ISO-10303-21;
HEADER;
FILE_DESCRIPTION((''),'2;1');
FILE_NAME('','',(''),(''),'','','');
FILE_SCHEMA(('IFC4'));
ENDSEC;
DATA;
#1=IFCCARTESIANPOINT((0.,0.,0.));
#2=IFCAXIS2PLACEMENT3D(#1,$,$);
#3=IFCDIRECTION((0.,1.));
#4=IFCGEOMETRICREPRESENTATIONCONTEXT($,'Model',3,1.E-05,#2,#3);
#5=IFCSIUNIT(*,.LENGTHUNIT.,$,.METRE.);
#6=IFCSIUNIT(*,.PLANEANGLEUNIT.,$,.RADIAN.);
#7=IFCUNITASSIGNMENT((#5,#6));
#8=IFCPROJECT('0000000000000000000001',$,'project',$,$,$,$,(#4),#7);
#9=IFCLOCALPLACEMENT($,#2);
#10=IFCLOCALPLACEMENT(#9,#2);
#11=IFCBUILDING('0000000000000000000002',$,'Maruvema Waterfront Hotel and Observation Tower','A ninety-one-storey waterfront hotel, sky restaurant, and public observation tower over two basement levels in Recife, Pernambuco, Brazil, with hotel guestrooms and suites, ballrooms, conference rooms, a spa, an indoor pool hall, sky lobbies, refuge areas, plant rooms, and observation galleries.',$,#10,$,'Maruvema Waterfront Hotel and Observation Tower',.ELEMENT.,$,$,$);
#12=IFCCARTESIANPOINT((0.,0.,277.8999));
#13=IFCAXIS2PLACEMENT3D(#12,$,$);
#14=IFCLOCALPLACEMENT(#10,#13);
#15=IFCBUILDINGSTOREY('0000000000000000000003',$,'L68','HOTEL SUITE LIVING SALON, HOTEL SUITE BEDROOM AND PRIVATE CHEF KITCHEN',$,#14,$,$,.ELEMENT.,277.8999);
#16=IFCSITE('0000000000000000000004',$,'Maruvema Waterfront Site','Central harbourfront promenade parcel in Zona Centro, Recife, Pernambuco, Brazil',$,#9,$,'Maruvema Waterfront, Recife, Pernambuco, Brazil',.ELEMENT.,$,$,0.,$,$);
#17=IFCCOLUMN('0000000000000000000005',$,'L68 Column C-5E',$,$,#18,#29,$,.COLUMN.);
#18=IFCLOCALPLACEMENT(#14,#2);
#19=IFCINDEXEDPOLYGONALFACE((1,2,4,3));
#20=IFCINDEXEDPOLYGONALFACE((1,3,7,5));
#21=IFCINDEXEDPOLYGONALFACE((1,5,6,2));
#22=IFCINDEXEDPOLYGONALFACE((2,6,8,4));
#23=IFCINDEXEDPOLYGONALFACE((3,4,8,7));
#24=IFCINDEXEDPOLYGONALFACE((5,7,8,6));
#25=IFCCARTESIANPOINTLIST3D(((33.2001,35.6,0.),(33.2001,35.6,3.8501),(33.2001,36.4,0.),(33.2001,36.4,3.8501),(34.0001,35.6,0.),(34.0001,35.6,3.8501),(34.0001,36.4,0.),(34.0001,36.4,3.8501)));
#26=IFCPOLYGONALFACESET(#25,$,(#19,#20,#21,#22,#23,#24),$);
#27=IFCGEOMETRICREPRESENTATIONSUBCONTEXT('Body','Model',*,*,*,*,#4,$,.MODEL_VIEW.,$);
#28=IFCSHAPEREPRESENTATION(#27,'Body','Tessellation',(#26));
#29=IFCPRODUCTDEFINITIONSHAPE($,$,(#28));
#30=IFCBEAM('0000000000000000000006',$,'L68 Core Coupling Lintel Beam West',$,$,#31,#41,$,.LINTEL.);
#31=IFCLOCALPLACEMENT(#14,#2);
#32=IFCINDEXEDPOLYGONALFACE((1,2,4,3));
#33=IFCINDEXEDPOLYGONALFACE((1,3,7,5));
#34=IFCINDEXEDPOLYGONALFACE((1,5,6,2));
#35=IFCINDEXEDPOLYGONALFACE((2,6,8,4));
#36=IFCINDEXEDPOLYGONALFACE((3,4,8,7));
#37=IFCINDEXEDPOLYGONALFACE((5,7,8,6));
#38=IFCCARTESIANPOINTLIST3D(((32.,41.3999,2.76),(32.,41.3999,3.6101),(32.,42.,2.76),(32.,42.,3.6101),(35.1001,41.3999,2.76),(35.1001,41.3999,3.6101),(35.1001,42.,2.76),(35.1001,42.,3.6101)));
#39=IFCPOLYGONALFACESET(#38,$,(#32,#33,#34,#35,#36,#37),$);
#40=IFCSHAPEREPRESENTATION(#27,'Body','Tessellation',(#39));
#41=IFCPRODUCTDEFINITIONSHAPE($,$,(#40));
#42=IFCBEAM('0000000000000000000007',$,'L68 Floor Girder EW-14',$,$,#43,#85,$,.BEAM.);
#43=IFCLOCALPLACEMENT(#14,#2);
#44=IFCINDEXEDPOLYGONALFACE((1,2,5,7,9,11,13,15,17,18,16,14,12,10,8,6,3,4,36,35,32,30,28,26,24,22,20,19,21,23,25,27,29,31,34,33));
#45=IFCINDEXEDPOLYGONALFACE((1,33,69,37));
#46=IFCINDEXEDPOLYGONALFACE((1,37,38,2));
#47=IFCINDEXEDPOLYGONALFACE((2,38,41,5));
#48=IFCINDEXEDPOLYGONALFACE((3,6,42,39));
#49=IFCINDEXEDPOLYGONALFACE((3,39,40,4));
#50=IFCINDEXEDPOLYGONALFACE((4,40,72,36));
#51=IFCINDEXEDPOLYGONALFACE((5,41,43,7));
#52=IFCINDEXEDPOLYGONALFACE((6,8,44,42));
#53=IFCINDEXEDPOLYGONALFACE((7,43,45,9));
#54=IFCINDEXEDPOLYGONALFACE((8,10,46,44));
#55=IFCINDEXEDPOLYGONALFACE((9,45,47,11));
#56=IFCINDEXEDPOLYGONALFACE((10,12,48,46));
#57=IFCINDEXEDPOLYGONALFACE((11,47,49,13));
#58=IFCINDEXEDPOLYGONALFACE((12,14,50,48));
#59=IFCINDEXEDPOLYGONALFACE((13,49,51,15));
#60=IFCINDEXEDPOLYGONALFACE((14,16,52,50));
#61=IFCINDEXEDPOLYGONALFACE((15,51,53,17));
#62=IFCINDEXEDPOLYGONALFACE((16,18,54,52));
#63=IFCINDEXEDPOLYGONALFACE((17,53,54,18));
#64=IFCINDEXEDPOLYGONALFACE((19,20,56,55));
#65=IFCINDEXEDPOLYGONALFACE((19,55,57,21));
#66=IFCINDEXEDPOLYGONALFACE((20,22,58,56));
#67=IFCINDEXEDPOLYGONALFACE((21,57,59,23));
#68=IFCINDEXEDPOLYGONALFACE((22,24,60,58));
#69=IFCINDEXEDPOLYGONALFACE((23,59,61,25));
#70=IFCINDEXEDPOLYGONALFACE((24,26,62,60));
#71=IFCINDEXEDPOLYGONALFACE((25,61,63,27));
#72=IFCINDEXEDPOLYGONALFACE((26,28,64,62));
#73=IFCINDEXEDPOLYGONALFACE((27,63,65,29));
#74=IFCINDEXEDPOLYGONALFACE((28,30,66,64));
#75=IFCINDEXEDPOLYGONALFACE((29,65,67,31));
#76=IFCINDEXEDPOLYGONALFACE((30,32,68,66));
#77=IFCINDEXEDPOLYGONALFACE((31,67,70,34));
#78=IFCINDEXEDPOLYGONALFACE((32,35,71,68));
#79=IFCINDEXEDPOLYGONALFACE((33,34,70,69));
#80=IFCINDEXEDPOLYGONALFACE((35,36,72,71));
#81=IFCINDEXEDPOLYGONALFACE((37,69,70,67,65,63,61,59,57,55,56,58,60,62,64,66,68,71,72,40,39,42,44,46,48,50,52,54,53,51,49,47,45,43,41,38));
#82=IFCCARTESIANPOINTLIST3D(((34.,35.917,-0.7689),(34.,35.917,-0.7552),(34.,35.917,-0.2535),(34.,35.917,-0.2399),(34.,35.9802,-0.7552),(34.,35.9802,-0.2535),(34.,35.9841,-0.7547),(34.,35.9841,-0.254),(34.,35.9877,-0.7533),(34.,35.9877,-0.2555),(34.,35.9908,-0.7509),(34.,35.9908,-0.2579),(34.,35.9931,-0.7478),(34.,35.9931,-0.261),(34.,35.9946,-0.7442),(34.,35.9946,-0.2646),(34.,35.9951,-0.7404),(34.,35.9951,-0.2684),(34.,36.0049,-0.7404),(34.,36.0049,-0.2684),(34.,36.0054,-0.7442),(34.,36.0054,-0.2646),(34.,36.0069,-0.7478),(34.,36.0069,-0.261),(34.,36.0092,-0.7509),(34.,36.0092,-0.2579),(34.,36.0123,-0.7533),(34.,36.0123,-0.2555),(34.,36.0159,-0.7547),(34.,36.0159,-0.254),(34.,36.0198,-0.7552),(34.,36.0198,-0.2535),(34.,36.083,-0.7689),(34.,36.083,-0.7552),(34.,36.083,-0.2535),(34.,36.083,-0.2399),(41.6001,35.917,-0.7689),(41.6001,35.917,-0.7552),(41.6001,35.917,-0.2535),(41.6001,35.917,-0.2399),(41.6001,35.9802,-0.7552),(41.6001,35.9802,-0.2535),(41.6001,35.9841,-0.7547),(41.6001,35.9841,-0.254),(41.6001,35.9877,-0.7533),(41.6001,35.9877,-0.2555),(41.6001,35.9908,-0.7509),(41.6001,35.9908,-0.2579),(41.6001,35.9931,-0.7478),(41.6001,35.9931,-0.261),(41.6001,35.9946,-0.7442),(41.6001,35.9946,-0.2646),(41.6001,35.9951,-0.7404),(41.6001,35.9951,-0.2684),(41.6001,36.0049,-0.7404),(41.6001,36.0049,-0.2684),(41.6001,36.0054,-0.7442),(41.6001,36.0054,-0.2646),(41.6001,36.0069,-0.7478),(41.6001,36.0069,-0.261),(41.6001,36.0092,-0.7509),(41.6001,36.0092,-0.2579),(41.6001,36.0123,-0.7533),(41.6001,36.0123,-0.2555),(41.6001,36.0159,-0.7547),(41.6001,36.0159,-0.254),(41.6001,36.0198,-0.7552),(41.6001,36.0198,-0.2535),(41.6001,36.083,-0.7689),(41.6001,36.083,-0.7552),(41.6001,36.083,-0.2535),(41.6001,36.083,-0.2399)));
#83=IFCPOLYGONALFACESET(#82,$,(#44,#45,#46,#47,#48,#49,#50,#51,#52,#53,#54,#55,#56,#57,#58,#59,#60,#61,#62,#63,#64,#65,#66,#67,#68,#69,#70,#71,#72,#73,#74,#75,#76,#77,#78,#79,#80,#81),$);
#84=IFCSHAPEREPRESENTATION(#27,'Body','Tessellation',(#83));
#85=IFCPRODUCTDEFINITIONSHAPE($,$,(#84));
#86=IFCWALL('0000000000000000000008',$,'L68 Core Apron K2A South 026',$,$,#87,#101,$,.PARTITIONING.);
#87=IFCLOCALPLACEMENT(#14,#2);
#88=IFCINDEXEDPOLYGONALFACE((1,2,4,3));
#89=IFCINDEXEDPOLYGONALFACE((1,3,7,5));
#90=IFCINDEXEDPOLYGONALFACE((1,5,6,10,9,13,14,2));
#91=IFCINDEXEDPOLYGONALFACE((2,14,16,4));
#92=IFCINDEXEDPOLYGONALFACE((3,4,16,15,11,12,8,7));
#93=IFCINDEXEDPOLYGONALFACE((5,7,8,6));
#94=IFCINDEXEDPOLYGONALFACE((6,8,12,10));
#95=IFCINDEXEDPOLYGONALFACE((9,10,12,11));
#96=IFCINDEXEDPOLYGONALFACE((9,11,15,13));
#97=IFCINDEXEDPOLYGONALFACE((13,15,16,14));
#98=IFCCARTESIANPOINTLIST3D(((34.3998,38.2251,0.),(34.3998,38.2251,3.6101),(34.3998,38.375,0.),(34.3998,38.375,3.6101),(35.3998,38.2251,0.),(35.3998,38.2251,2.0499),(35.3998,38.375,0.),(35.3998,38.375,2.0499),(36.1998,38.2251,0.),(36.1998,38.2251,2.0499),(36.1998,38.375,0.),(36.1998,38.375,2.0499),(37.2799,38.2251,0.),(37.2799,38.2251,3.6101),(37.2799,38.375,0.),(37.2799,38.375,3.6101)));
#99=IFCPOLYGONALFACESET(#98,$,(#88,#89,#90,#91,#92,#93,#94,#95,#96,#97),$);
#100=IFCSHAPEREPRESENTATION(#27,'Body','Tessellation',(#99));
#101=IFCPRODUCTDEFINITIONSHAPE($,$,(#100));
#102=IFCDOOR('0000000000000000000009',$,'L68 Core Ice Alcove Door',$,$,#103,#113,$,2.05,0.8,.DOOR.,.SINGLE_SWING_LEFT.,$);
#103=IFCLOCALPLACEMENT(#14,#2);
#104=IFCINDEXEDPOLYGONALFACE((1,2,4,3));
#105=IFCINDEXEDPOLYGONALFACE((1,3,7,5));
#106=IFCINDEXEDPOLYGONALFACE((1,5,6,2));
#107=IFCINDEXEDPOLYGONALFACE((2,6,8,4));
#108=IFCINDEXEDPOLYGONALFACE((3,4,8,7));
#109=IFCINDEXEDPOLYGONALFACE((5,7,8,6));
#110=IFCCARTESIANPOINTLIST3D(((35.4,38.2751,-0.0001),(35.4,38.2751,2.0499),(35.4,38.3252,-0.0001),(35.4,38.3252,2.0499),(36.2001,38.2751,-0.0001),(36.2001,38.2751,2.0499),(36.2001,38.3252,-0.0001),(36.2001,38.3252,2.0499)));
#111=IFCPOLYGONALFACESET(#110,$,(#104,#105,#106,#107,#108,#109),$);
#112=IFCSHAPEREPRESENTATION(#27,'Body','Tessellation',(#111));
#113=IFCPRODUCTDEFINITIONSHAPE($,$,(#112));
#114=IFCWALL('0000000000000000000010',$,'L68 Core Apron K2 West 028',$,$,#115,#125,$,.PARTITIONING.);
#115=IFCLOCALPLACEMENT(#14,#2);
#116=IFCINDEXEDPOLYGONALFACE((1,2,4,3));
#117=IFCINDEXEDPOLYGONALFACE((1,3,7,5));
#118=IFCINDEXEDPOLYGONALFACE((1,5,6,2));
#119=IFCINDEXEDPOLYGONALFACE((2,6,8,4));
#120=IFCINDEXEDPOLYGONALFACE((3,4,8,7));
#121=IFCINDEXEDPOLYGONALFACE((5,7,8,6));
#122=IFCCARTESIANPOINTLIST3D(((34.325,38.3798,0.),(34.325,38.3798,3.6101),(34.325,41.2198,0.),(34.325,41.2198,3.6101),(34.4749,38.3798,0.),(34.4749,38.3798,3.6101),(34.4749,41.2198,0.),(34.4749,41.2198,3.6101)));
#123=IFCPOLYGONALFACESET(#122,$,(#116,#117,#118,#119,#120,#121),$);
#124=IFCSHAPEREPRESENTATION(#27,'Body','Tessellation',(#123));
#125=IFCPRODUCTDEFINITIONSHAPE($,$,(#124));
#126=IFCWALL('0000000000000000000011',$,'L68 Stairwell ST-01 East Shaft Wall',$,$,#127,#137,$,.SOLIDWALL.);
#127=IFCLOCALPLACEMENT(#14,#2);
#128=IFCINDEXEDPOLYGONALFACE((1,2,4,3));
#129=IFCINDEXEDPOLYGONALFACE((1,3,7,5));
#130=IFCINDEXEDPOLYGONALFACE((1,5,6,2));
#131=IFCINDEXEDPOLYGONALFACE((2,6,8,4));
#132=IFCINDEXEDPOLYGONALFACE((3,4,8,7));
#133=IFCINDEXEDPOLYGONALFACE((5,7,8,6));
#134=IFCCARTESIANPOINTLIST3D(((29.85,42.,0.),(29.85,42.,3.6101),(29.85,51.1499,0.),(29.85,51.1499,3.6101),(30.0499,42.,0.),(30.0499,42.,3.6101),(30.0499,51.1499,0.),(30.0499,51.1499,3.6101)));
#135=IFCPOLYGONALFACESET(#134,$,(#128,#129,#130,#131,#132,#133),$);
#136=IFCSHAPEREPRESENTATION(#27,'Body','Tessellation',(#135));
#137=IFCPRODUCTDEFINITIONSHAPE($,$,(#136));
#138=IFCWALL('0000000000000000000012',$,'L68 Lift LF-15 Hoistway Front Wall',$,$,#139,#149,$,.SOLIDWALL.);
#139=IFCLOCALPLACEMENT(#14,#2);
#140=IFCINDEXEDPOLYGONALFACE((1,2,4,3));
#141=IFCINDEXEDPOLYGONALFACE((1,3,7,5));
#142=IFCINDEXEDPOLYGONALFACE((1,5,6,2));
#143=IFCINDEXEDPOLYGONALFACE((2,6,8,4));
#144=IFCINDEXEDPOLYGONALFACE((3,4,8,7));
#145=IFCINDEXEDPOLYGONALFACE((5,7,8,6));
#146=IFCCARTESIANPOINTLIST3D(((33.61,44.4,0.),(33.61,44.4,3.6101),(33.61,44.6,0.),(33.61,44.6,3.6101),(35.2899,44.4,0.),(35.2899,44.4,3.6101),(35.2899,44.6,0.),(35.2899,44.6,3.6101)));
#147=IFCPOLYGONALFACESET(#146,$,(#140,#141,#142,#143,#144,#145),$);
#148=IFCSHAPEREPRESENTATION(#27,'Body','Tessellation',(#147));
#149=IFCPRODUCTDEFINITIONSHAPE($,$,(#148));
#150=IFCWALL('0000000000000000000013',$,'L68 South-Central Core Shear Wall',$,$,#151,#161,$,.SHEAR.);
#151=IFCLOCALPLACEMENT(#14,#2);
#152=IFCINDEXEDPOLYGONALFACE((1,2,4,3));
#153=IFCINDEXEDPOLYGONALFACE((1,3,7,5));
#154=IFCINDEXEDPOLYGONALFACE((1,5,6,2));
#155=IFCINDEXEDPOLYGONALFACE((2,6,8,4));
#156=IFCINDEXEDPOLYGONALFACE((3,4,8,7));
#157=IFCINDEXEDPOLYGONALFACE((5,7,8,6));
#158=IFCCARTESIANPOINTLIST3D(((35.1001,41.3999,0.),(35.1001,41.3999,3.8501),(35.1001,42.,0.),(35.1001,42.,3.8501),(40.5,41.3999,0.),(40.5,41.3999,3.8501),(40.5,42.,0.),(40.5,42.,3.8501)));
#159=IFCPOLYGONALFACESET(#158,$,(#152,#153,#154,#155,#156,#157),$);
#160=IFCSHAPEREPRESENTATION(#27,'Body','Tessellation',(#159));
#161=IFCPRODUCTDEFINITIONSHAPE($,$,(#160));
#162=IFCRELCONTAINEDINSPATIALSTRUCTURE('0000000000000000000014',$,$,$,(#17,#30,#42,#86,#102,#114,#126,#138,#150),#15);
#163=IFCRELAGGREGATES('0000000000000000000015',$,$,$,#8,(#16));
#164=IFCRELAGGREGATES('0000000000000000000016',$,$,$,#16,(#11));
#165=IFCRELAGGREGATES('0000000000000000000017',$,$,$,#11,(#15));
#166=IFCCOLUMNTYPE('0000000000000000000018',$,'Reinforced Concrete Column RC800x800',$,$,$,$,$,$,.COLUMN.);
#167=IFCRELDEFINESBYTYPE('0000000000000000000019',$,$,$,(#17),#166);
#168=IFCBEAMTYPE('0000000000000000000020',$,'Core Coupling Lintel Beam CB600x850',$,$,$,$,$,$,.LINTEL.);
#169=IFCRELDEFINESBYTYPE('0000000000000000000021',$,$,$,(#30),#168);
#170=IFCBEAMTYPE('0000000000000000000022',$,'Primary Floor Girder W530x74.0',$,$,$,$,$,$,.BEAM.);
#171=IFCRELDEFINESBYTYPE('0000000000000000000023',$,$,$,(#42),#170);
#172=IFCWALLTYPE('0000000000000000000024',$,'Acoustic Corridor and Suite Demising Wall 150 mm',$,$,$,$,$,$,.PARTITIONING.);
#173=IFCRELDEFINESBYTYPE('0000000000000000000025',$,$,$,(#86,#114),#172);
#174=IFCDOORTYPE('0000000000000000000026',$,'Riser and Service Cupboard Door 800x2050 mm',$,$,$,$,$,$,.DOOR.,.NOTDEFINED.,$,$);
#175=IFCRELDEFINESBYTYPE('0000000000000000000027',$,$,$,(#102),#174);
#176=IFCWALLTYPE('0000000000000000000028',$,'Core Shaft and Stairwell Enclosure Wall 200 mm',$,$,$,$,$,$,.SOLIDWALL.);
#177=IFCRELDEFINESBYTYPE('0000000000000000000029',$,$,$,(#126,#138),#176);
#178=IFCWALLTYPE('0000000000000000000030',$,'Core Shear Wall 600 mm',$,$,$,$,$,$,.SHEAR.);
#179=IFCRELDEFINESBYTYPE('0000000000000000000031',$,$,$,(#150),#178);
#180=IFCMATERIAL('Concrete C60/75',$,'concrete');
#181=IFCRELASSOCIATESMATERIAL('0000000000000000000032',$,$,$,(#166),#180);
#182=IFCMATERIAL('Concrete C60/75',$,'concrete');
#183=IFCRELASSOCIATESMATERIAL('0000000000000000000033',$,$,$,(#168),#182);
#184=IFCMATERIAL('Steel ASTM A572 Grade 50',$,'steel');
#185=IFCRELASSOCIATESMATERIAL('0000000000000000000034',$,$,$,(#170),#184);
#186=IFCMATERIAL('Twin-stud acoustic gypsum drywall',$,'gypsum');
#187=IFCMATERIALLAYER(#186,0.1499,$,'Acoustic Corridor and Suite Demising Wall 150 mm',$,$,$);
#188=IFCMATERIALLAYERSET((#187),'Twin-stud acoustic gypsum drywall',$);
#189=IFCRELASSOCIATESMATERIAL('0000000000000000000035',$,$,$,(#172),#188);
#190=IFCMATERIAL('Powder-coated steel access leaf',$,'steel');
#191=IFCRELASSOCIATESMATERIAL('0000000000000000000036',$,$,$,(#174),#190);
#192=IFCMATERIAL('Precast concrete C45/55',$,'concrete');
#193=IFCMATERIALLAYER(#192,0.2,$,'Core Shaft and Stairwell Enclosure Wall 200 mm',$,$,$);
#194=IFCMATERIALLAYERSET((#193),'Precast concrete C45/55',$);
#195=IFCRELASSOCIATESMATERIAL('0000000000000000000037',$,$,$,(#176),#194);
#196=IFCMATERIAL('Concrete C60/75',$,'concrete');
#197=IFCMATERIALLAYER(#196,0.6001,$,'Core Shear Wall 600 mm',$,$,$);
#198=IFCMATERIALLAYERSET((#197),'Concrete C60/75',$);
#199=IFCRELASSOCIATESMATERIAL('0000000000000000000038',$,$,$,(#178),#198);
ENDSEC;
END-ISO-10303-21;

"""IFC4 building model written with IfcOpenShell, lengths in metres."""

from ifc_helpers import new_model, si_unit, direction, frame, frame_2d, origin, origin_2d, place, context, subcontext, project, spatial, rectangle, i_section, extrude, material, layer, layer_set, material_profile, profile_set, type_object, element, fill, save


model = new_model("IFC4")

# Units and contexts
model_context = context("Model", 3, precision=1e-05, world=origin(), true_north=direction((0.0, 1.0)))
body_context = subcontext(model_context, "Body", "Model", "MODEL_VIEW")
ifc_project = project(units=[si_unit("LENGTHUNIT", "METRE"), si_unit("PLANEANGLEUNIT", "RADIAN")], contexts=[model_context])

# Site, building, storey
site_placement = place(None, origin())
site = spatial("IfcSite", under=ifc_project, at=site_placement, Name="Maruvema Waterfront Site", Description="Central harbourfront promenade parcel in Zona Centro, Recife, Pernambuco, Brazil", LongName="Maruvema Waterfront, Recife, Pernambuco, Brazil", CompositionType="ELEMENT", RefElevation=0.0)
building_placement = place(site_placement, origin())
building = spatial("IfcBuilding", under=site, at=building_placement, Name="Maruvema Waterfront Hotel and Observation Tower", Description="A ninety-one-storey waterfront hotel, sky restaurant, and public observation tower over two basement levels in Recife, Pernambuco, Brazil, with hotel guestrooms and suites, ballrooms, conference rooms, a spa, an indoor pool hall, sky lobbies, refuge areas, plant rooms, and observation galleries.", LongName="Maruvema Waterfront Hotel and Observation Tower", CompositionType="ELEMENT")
storey_placement = place(building_placement, frame((0.0, 0.0, 277.8999)))
storey = spatial("IfcBuildingStorey", under=building, at=storey_placement, Name="L68", Description="HOTEL SUITE LIVING SALON, HOTEL SUITE BEDROOM AND PRIVATE CHEF KITCHEN", CompositionType="ELEMENT", Elevation=277.8999)

# Column
ifc_material_1 = material(Name="Concrete C60/75", Category="concrete")
ifc_material_profile_1 = material_profile(ifc_material_1, rectangle(XDim=0.8, YDim=0.8, at=origin_2d()), Name="RC800x800")
ifc_profile_set_1 = profile_set([ifc_material_profile_1], Name="Concrete C60/75")
column_type = type_object("IfcColumnType", Name="Reinforced Concrete Column RC800x800", PredefinedType="COLUMN", material=ifc_profile_set_1)
column_placement = place(storey_placement, frame((33.6001, 36.0, 0.0), z_axis=(0.0, 0.0, 1.0), x_axis=(1.0, 0.0, 0.0)))
element("IfcColumn", 1, at=column_placement, inside=storey, type_object=column_type, Name="L68 Column C-5E", PredefinedType="COLUMN", context=body_context, shape_type="SweptSolid", body=[
    extrude(rectangle(XDim=0.8, YDim=0.8, at=origin_2d()), origin(), (0.0, 0.0, 1.0), 3.8501),
])

# Beams
ifc_material_2 = material(Name="Concrete C60/75", Category="concrete")
ifc_material_profile_2 = material_profile(ifc_material_2, rectangle(XDim=0.6001, YDim=0.8501, at=origin_2d()), Name="CB600x850")
ifc_profile_set_2 = profile_set([ifc_material_profile_2], Name="Concrete C60/75")
beam_type_1 = type_object("IfcBeamType", Name="Core Coupling Lintel Beam CB600x850", PredefinedType="LINTEL", material=ifc_profile_set_2)
beam_1_placement = place(storey_placement, frame((32.0, 41.7, 3.1851), z_axis=(1.0, 0.0, 0.0), x_axis=(0.0, 1.0, 0.0)))
element("IfcBeam", 2, at=beam_1_placement, inside=storey, type_object=beam_type_1, Name="L68 Core Coupling Lintel Beam West", PredefinedType="LINTEL", context=body_context, shape_type="SweptSolid", body=[
    extrude(rectangle(XDim=0.6001, YDim=0.8501, at=origin_2d()), origin(), (0.0, 0.0, 1.0), 3.1001),
])
ifc_material_3 = material(Name="Steel ASTM A572 Grade 50", Category="steel")
ifc_material_profile_3 = material_profile(ifc_material_3, i_section(OverallWidth=0.166, OverallDepth=0.5291, WebThickness=0.0098, FlangeThickness=0.0137, FilletRadius=0.0149, at=origin_2d()), Name="W530x74.0")
ifc_profile_set_3 = profile_set([ifc_material_profile_3], Name="Steel ASTM A572 Grade 50")
beam_type_2 = type_object("IfcBeamType", Name="Primary Floor Girder W530x74.0", PredefinedType="BEAM", material=ifc_profile_set_3)
beam_2_placement = place(storey_placement, frame((34.0, 36.0, -0.5044), z_axis=(1.0, 0.0, 0.0), x_axis=(0.0, 1.0, 0.0)))
element("IfcBeam", 3, at=beam_2_placement, inside=storey, type_object=beam_type_2, Name="L68 Floor Girder EW-14", PredefinedType="BEAM", context=body_context, shape_type="SweptSolid", body=[
    extrude(i_section(OverallWidth=0.166, OverallDepth=0.5291, WebThickness=0.0098, FlangeThickness=0.0137, FilletRadius=0.0149, at=origin_2d()), origin(), (0.0, 0.0, 1.0), 7.6001),
])

# Wall, opening, door
ifc_material_4 = material(Name="Twin-stud acoustic gypsum drywall", Category="gypsum")
ifc_layer_1 = layer(ifc_material_4, 0.1499, Name="Acoustic Corridor and Suite Demising Wall 150 mm")
ifc_layer_set_1 = layer_set([ifc_layer_1], Name="Twin-stud acoustic gypsum drywall")
wall_type_1 = type_object("IfcWallType", Name="Acoustic Corridor and Suite Demising Wall 150 mm", PredefinedType="PARTITIONING", material=ifc_layer_set_1)
wall_1_placement = place(storey_placement, frame((34.3999, 38.3, 0.0), z_axis=(0.0, 0.0, 1.0), x_axis=(1.0, 0.0, 0.0)))
wall_1 = element("IfcWall", 4, at=wall_1_placement, inside=storey, type_object=wall_type_1, Name="L68 Core Apron K2A South 026", PredefinedType="PARTITIONING", context=body_context, shape_type="SweptSolid", body=[
    extrude(rectangle(XDim=2.8801, YDim=0.1499, at=frame_2d((1.4399, 0.0))), origin(), (0.0, 0.0, 1.0), 3.6101),
])
opening_1_placement = place(wall_1_placement, frame((1.0, 0.0, 0.0)))
opening_1 = element("IfcOpeningElement", 5, at=opening_1_placement, cuts=wall_1, PredefinedType="OPENING", context=body_context, shape_type="SweptSolid", body=[
    extrude(rectangle(XDim=0.8, YDim=2.05, at=frame_2d((0.3999, 1.0249))), frame((0.0, 0.085, 0.0), z_axis=(0.0, -1.0, 0.0), x_axis=(1.0, 0.0, 0.0)), (0.0, 0.0, 1.0), 0.1699),
])
ifc_material_5 = material(Name="Powder-coated steel access leaf", Category="steel")
door_type = type_object("IfcDoorType", Name="Riser and Service Cupboard Door 800x2050 mm", OperationType="NOTDEFINED", PredefinedType="DOOR", material=ifc_material_5)
door_1_placement = place(opening_1_placement, frame((0.8, 0.0, 0.0), z_axis=(0.0, 0.0, 1.0), x_axis=(-1.0, 0.0, 0.0)))
door_1 = element("IfcDoor", 6, at=door_1_placement, inside=storey, type_object=door_type, Name="L68 Core Ice Alcove Door", OperationType="SINGLE_SWING_LEFT", OverallHeight=2.05, OverallWidth=0.8, PredefinedType="DOOR", context=body_context, shape_type="SweptSolid", body=[
    extrude(rectangle(XDim=0.8, YDim=2.05, at=frame_2d((0.3999, 1.0249))), frame((0.0, 0.0249, 0.0), z_axis=(0.0, -1.0, 0.0), x_axis=(1.0, 0.0, 0.0)), (0.0, 0.0, 1.0), 0.05),
])
fill(opening_1, door_1)

# Walls
wall_2_placement = place(storey_placement, frame((34.3999, 38.3799, 0.0), z_axis=(0.0, 0.0, 1.0), x_axis=(0.0, 1.0, 0.0)))
element("IfcWall", 7, at=wall_2_placement, inside=storey, type_object=wall_type_1, Name="L68 Core Apron K2 West 028", PredefinedType="PARTITIONING", context=body_context, shape_type="SweptSolid", body=[
    extrude(rectangle(XDim=2.8401, YDim=0.1499, at=frame_2d((1.4199, 0.0))), origin(), (0.0, 0.0, 1.0), 3.6101),
])
ifc_material_6 = material(Name="Precast concrete C45/55", Category="concrete")
ifc_layer_2 = layer(ifc_material_6, 0.2, Name="Core Shaft and Stairwell Enclosure Wall 200 mm")
ifc_layer_set_2 = layer_set([ifc_layer_2], Name="Precast concrete C45/55")
wall_type_2 = type_object("IfcWallType", Name="Core Shaft and Stairwell Enclosure Wall 200 mm", PredefinedType="SOLIDWALL", material=ifc_layer_set_2)
wall_3_placement = place(storey_placement, frame((29.95, 42.0, 0.0), z_axis=(0.0, 0.0, 1.0), x_axis=(0.0, 1.0, 0.0)))
element("IfcWall", 8, at=wall_3_placement, inside=storey, type_object=wall_type_2, Name="L68 Stairwell ST-01 East Shaft Wall", PredefinedType="SOLIDWALL", context=body_context, shape_type="SweptSolid", body=[
    extrude(rectangle(XDim=9.1499, YDim=0.2, at=frame_2d((4.575, 0.0))), origin(), (0.0, 0.0, 1.0), 3.6101),
])
wall_4_placement = place(storey_placement, frame((33.6101, 44.5, 0.0), z_axis=(0.0, 0.0, 1.0), x_axis=(1.0, 0.0, 0.0)))
element("IfcWall", 9, at=wall_4_placement, inside=storey, type_object=wall_type_2, Name="L68 Lift LF-15 Hoistway Front Wall", PredefinedType="SOLIDWALL", context=body_context, shape_type="SweptSolid", body=[
    extrude(rectangle(XDim=1.6799, YDim=0.2, at=frame_2d((0.8398, 0.0))), origin(), (0.0, 0.0, 1.0), 3.6101),
])
ifc_material_7 = material(Name="Concrete C60/75", Category="concrete")
ifc_layer_3 = layer(ifc_material_7, 0.6001, Name="Core Shear Wall 600 mm")
ifc_layer_set_3 = layer_set([ifc_layer_3], Name="Concrete C60/75")
wall_type_3 = type_object("IfcWallType", Name="Core Shear Wall 600 mm", PredefinedType="SHEAR", material=ifc_layer_set_3)
wall_5_placement = place(storey_placement, frame((35.1001, 41.7, 0.0), z_axis=(0.0, 0.0, 1.0), x_axis=(1.0, 0.0, 0.0)))
element("IfcWall", 10, at=wall_5_placement, inside=storey, type_object=wall_type_3, Name="L68 South-Central Core Shear Wall", PredefinedType="SHEAR", context=body_context, shape_type="SweptSolid", body=[
    extrude(rectangle(XDim=5.3999, YDim=0.6001, at=frame_2d((2.7, 0.0))), origin(), (0.0, 0.0, 1.0), 3.8501),
])

save(model, "model.ifc")
